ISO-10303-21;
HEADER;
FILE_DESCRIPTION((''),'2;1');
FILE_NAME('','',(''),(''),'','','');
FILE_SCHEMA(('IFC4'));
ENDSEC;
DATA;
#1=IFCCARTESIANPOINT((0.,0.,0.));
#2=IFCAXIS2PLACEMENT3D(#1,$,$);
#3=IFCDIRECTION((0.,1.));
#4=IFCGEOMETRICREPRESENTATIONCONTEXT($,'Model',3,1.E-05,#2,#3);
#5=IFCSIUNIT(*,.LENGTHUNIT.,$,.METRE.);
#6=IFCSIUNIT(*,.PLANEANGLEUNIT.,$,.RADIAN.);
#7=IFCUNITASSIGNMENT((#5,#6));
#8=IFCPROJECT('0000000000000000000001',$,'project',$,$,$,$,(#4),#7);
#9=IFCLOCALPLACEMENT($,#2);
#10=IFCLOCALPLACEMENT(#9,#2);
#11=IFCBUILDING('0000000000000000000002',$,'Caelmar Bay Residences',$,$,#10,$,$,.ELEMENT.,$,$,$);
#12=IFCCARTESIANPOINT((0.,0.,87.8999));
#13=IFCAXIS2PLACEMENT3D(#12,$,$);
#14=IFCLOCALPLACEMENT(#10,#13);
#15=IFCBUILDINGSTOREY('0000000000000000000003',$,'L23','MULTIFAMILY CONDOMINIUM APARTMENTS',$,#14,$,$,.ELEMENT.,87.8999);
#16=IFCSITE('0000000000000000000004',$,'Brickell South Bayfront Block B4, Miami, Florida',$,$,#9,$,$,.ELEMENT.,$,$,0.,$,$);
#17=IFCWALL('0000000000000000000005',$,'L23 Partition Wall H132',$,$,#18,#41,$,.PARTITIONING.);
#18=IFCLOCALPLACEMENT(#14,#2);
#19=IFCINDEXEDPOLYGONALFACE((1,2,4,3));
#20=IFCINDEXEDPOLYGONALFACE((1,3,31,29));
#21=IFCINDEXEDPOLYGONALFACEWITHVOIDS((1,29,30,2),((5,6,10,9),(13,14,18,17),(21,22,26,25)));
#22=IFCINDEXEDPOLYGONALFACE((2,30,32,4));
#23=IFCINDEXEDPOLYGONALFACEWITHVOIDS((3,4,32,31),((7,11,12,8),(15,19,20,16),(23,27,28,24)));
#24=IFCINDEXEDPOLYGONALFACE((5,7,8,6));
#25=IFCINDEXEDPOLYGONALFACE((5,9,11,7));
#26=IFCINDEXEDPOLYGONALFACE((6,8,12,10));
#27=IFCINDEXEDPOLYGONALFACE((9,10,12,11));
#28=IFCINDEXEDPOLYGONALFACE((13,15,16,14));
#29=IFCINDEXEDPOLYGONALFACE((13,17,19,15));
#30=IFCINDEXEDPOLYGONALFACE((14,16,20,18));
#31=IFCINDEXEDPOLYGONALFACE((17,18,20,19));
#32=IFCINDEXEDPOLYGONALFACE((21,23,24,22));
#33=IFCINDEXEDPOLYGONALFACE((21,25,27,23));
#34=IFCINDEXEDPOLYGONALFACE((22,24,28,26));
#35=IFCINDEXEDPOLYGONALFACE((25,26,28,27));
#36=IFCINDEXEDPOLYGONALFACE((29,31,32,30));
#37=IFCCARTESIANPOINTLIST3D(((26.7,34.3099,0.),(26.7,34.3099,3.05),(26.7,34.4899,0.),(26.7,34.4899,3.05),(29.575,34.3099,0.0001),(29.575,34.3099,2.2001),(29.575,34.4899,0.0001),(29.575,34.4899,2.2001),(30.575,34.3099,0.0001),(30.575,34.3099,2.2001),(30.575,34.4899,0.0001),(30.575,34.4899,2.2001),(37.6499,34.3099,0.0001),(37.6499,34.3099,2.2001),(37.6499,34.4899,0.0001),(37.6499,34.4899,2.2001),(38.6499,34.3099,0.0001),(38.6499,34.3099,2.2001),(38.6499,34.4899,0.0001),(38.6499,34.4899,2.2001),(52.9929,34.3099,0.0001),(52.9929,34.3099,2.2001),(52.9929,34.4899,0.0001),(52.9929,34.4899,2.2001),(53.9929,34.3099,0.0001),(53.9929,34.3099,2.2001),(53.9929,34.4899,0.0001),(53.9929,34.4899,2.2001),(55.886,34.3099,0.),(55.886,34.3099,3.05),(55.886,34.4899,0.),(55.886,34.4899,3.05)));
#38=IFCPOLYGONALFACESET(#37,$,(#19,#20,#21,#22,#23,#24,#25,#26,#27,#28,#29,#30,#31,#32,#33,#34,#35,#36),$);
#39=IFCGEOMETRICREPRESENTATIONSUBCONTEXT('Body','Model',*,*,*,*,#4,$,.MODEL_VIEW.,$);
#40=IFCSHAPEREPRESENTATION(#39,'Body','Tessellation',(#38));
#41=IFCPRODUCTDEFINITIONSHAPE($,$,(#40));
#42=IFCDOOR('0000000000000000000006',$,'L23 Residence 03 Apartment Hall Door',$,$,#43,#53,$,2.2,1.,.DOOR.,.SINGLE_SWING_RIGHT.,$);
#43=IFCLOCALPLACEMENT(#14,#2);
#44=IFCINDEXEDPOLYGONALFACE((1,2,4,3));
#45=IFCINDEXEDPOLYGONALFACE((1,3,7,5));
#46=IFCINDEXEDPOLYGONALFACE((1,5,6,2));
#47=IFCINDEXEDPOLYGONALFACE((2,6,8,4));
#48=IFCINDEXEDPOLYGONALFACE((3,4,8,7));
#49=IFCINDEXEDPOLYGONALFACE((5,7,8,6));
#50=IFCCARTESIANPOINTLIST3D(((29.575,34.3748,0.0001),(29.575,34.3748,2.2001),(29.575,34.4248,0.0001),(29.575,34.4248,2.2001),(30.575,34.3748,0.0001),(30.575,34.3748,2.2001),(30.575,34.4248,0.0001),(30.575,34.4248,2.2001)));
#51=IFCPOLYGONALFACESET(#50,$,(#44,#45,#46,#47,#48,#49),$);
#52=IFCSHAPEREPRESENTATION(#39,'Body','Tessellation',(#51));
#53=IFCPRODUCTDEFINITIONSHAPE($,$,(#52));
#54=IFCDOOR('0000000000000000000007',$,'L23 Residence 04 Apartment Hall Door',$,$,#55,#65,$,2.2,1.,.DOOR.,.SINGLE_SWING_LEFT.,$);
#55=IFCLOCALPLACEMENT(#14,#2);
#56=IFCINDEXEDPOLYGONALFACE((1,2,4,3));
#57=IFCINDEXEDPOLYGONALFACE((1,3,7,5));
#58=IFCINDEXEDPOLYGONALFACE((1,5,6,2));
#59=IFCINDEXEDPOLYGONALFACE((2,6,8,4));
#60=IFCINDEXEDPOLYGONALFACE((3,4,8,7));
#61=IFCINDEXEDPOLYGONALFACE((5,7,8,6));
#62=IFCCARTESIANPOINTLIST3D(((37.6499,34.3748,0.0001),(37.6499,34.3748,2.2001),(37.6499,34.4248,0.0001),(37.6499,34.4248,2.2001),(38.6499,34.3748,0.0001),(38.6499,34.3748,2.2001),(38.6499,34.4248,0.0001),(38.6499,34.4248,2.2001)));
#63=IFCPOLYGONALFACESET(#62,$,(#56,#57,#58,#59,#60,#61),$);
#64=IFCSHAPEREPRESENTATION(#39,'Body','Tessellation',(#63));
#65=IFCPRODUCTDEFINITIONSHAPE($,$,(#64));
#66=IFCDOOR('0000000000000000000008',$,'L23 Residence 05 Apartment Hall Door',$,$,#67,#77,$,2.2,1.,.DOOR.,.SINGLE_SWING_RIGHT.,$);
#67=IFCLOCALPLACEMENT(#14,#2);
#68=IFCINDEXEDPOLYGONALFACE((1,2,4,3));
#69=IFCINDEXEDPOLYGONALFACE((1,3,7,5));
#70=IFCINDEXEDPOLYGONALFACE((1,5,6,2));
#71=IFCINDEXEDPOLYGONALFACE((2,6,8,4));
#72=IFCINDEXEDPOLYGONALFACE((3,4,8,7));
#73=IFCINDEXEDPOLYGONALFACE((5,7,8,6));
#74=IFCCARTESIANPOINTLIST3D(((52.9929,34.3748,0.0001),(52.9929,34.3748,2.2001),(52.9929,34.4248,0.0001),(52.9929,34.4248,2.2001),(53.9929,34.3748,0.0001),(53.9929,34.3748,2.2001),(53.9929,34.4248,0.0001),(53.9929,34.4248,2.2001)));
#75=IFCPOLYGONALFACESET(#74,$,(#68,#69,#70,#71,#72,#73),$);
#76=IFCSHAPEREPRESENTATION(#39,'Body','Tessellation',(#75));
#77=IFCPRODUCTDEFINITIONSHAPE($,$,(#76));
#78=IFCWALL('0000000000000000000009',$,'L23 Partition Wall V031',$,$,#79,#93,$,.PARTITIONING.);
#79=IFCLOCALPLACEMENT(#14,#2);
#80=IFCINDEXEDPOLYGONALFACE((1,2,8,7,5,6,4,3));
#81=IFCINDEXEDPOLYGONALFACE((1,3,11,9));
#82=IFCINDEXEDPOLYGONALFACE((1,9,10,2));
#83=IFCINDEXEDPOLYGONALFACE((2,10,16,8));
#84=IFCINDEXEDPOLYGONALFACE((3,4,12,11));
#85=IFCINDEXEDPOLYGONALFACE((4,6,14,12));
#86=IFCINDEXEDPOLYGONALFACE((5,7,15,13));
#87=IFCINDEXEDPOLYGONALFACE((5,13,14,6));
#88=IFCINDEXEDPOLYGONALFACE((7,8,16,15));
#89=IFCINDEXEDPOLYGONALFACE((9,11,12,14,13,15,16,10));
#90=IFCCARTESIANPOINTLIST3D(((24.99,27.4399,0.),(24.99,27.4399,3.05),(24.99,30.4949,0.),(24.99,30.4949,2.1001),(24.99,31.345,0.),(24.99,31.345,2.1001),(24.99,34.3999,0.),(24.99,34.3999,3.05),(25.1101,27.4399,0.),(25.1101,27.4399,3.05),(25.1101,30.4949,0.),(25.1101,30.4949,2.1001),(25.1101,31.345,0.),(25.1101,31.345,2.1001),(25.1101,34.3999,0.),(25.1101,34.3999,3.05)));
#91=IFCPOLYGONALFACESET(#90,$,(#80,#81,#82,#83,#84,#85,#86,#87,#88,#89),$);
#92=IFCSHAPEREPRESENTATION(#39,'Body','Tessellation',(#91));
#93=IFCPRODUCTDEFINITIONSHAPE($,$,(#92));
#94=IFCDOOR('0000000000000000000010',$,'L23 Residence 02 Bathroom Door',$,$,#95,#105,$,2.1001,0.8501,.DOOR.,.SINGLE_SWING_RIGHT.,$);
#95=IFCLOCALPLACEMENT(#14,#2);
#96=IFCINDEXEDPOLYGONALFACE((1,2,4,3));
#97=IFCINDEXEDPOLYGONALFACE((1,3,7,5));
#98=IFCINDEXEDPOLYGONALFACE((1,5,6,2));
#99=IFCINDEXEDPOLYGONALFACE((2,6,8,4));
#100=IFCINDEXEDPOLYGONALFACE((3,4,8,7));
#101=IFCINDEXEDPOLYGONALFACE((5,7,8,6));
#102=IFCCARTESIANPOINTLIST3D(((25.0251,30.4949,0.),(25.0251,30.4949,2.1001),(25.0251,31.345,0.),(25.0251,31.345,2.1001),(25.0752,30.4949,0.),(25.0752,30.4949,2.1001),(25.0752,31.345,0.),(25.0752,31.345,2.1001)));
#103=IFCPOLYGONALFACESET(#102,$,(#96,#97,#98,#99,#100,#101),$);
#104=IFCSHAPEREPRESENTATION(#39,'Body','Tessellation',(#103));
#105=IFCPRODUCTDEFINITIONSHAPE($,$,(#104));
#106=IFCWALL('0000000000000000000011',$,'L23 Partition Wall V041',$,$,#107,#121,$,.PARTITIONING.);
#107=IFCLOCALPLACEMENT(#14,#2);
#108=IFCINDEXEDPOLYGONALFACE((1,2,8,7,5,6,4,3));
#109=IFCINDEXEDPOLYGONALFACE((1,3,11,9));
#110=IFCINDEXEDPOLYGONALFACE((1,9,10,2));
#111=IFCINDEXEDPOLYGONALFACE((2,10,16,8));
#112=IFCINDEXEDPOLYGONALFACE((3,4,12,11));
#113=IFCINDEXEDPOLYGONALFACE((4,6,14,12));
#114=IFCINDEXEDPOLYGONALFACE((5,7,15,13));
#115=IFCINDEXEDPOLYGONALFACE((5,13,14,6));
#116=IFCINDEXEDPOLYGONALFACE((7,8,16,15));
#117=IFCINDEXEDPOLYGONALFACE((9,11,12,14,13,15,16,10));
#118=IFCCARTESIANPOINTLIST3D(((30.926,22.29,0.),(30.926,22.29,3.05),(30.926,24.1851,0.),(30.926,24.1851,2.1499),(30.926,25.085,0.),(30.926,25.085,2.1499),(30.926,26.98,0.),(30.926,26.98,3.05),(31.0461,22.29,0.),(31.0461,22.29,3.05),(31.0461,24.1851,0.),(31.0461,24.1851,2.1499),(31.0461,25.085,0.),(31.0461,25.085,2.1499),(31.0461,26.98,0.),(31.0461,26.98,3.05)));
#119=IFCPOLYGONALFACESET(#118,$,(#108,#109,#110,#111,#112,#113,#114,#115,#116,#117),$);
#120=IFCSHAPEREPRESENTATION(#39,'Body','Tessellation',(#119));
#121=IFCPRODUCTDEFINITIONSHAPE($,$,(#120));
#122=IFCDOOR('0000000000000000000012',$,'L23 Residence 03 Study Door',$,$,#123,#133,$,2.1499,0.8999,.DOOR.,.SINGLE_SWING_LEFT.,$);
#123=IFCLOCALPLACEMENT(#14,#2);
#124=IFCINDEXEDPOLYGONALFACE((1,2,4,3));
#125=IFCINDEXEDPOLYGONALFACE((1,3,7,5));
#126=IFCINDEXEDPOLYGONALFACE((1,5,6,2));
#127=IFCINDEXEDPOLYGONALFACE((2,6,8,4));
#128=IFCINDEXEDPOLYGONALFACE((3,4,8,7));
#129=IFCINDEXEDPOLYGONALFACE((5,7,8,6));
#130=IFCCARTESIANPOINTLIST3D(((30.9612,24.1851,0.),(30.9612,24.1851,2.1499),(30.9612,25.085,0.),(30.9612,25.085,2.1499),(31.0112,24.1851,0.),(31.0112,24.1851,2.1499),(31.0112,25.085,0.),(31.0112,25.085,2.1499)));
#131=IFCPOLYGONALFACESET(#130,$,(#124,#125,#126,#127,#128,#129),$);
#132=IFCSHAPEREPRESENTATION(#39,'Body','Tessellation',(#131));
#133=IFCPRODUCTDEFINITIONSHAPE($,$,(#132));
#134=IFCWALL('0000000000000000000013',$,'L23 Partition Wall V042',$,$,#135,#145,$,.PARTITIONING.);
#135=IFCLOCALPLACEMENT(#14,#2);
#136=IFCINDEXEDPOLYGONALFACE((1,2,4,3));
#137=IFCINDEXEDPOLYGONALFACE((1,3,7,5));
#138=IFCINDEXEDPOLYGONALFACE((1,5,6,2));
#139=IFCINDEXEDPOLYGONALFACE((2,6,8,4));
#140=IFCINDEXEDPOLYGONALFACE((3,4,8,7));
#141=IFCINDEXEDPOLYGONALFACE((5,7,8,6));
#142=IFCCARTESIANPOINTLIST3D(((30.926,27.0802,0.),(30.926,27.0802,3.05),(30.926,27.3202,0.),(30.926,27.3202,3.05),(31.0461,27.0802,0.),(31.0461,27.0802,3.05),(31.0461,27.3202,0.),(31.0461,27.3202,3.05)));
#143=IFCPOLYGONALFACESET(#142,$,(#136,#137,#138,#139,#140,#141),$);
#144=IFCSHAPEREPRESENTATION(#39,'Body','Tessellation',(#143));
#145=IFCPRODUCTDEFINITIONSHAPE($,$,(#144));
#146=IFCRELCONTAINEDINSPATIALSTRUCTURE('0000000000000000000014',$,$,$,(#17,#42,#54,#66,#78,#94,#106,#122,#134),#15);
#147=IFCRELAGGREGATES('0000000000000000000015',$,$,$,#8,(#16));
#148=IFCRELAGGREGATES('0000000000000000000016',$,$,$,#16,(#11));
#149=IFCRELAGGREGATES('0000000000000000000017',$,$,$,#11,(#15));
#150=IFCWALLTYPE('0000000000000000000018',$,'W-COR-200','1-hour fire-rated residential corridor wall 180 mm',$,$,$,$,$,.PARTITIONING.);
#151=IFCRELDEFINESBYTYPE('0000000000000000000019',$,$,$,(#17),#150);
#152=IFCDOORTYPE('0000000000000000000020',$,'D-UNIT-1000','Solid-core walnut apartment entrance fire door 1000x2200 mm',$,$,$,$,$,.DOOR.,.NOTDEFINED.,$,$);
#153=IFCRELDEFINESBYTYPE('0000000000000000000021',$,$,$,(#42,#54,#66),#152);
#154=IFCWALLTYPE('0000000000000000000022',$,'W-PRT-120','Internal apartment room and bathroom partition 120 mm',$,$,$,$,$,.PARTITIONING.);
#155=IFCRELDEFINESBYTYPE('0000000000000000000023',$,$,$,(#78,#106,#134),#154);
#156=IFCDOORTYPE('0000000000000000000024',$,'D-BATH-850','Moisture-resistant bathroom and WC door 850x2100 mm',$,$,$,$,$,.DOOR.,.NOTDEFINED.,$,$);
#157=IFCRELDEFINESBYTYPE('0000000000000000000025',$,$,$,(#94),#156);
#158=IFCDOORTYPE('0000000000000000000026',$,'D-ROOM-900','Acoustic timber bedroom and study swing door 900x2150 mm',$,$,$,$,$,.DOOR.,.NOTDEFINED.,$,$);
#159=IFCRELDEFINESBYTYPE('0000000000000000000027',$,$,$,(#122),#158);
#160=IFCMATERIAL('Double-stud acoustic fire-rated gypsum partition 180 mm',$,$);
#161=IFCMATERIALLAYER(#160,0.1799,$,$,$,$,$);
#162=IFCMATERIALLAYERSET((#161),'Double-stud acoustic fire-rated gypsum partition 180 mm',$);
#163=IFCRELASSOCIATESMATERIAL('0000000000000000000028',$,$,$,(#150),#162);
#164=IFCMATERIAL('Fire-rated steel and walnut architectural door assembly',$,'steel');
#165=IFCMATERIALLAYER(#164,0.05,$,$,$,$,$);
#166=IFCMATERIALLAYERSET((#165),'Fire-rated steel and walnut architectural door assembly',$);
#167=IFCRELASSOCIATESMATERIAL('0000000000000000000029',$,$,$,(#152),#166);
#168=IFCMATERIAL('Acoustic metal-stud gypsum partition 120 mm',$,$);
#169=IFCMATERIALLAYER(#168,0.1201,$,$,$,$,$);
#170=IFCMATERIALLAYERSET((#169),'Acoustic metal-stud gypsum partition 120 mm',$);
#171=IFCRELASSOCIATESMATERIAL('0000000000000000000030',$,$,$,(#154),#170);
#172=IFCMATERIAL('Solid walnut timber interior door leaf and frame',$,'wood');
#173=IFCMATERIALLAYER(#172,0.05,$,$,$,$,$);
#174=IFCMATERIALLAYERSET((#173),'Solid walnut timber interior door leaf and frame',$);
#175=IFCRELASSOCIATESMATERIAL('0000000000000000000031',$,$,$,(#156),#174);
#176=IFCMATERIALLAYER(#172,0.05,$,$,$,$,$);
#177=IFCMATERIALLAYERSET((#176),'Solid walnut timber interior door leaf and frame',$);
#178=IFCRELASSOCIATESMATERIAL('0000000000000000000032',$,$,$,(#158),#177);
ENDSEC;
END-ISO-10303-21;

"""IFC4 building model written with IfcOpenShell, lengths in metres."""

from ifc_helpers import new_model, si_unit, direction, frame, frame_2d, origin, place, context, subcontext, project, spatial, rectangle, extrude, material, layer, layer_set, type_object, element, fill, save


model = new_model("IFC4")

# Units and contexts
model_context = context("Model", 3, precision=1e-05, world=origin(), true_north=direction((0.0, 1.0)))
body_context = subcontext(model_context, "Body", "Model", "MODEL_VIEW")
ifc_project = project(units=[si_unit("LENGTHUNIT", "METRE"), si_unit("PLANEANGLEUNIT", "RADIAN")], contexts=[model_context])

# Site, building, storey
site_placement = place(None, origin())
site = spatial("IfcSite", under=ifc_project, at=site_placement, Name="Brickell South Bayfront Block B4, Miami, Florida", CompositionType="ELEMENT", RefElevation=0.0)
building_placement = place(site_placement, origin())
building = spatial("IfcBuilding", under=site, at=building_placement, Name="Caelmar Bay Residences", CompositionType="ELEMENT")
storey_placement = place(building_placement, frame((0.0, 0.0, 87.8999)))
storey = spatial("IfcBuildingStorey", under=building, at=storey_placement, Name="L23", Description="MULTIFAMILY CONDOMINIUM APARTMENTS", CompositionType="ELEMENT", Elevation=87.8999)

# Wall, openings, doors
ifc_material_1 = material(Name="Double-stud acoustic fire-rated gypsum partition 180 mm")
ifc_layer_1 = layer(ifc_material_1, 0.1799)
ifc_layer_set_1 = layer_set([ifc_layer_1], Name="Double-stud acoustic fire-rated gypsum partition 180 mm")
wall_type_1 = type_object("IfcWallType", Name="W-COR-200", Description="1-hour fire-rated residential corridor wall 180 mm", PredefinedType="PARTITIONING", material=ifc_layer_set_1)
wall_1_placement = place(storey_placement, frame((26.7, 34.3999, 0.0), z_axis=(0.0, 0.0, 1.0), x_axis=(1.0, 0.0, 0.0)))
wall_1 = element("IfcWall", 1, at=wall_1_placement, inside=storey, type_object=wall_type_1, Name="L23 Partition Wall H132", PredefinedType="PARTITIONING", context=body_context, shape_type="SweptSolid", body=[
    extrude(rectangle(XDim=29.186, YDim=0.1799, at=frame_2d((14.593, 0.0))), origin(), (0.0, 0.0, 1.0), 3.05),
])
opening_1_placement = place(wall_1_placement, frame((2.875, 0.0, 0.0)))
opening_1 = element("IfcOpeningElement", 2, at=opening_1_placement, cuts=wall_1, PredefinedType="OPENING", context=body_context, shape_type="SweptSolid", body=[
    extrude(rectangle(XDim=1.0, YDim=2.2, at=frame_2d((0.5, 1.1001))), frame((0.0, 0.0999, 0.0), z_axis=(0.0, -1.0, 0.0), x_axis=(1.0, 0.0, 0.0)), (0.0, 0.0, 1.0), 0.2),
])
opening_2_placement = place(wall_1_placement, frame((10.95, 0.0, 0.0)))
opening_2 = element("IfcOpeningElement", 3, at=opening_2_placement, cuts=wall_1, PredefinedType="OPENING", context=body_context, shape_type="SweptSolid", body=[
    extrude(rectangle(XDim=1.0, YDim=2.2, at=frame_2d((0.5, 1.1001))), frame((0.0, 0.0999, 0.0), z_axis=(0.0, -1.0, 0.0), x_axis=(1.0, 0.0, 0.0)), (0.0, 0.0, 1.0), 0.2),
])
opening_3_placement = place(wall_1_placement, frame((26.293, 0.0, 0.0)))
opening_3 = element("IfcOpeningElement", 4, at=opening_3_placement, cuts=wall_1, PredefinedType="OPENING", context=body_context, shape_type="SweptSolid", body=[
    extrude(rectangle(XDim=1.0, YDim=2.2, at=frame_2d((0.5, 1.1001))), frame((0.0, 0.0999, 0.0), z_axis=(0.0, -1.0, 0.0), x_axis=(1.0, 0.0, 0.0)), (0.0, 0.0, 1.0), 0.2),
])
ifc_material_2 = material(Name="Fire-rated steel and walnut architectural door assembly", Category="steel")
ifc_layer_2 = layer(ifc_material_2, 0.05)
ifc_layer_set_2 = layer_set([ifc_layer_2], Name="Fire-rated steel and walnut architectural door assembly")
door_type_1 = type_object("IfcDoorType", Name="D-UNIT-1000", Description="Solid-core walnut apartment entrance fire door 1000x2200 mm", OperationType="NOTDEFINED", PredefinedType="DOOR", material=ifc_layer_set_2)
door_1_placement = place(opening_1_placement, origin())
door_1 = element("IfcDoor", 5, at=door_1_placement, inside=storey, type_object=door_type_1, Name="L23 Residence 03 Apartment Hall Door", OperationType="SINGLE_SWING_RIGHT", OverallHeight=2.2, OverallWidth=1.0, PredefinedType="DOOR", context=body_context, shape_type="SweptSolid", body=[
    extrude(rectangle(XDim=1.0, YDim=2.2, at=frame_2d((0.5, 1.1001))), frame((0.0, 0.0249, 0.0), z_axis=(0.0, -1.0, 0.0), x_axis=(1.0, 0.0, 0.0)), (0.0, 0.0, 1.0), 0.05),
])
fill(opening_1, door_1)
door_2_placement = place(opening_2_placement, origin())
door_2 = element("IfcDoor", 6, at=door_2_placement, inside=storey, type_object=door_type_1, Name="L23 Residence 04 Apartment Hall Door", OperationType="SINGLE_SWING_LEFT", OverallHeight=2.2, OverallWidth=1.0, PredefinedType="DOOR", context=body_context, shape_type="SweptSolid", body=[
    extrude(rectangle(XDim=1.0, YDim=2.2, at=frame_2d((0.5, 1.1001))), frame((0.0, 0.0249, 0.0), z_axis=(0.0, -1.0, 0.0), x_axis=(1.0, 0.0, 0.0)), (0.0, 0.0, 1.0), 0.05),
])
fill(opening_2, door_2)
door_3_placement = place(opening_3_placement, origin())
door_3 = element("IfcDoor", 7, at=door_3_placement, inside=storey, type_object=door_type_1, Name="L23 Residence 05 Apartment Hall Door", OperationType="SINGLE_SWING_RIGHT", OverallHeight=2.2, OverallWidth=1.0, PredefinedType="DOOR", context=body_context, shape_type="SweptSolid", body=[
    extrude(rectangle(XDim=1.0, YDim=2.2, at=frame_2d((0.5, 1.1001))), frame((0.0, 0.0249, 0.0), z_axis=(0.0, -1.0, 0.0), x_axis=(1.0, 0.0, 0.0)), (0.0, 0.0, 1.0), 0.05),
])
fill(opening_3, door_3)

# Walls, openings, doors
ifc_material_3 = material(Name="Acoustic metal-stud gypsum partition 120 mm")
ifc_layer_3 = layer(ifc_material_3, 0.1201)
ifc_layer_set_3 = layer_set([ifc_layer_3], Name="Acoustic metal-stud gypsum partition 120 mm")
wall_type_2 = type_object("IfcWallType", Name="W-PRT-120", Description="Internal apartment room and bathroom partition 120 mm", PredefinedType="PARTITIONING", material=ifc_layer_set_3)
wall_2_placement = place(storey_placement, frame((25.05, 27.4399, 0.0), z_axis=(0.0, 0.0, 1.0), x_axis=(0.0, 1.0, 0.0)))
wall_2 = element("IfcWall", 8, at=wall_2_placement, inside=storey, type_object=wall_type_2, Name="L23 Partition Wall V031", PredefinedType="PARTITIONING", context=body_context, shape_type="SweptSolid", body=[
    extrude(rectangle(XDim=6.96, YDim=0.1201, at=frame_2d((3.48, 0.0))), origin(), (0.0, 0.0, 1.0), 3.05),
])
opening_4_placement = place(wall_2_placement, frame((3.0549, 0.0, 0.0)))
opening_4 = element("IfcOpeningElement", 9, at=opening_4_placement, cuts=wall_2, PredefinedType="OPENING", context=body_context, shape_type="SweptSolid", body=[
    extrude(rectangle(XDim=0.8501, YDim=2.1001, at=frame_2d((0.425, 1.05))), frame((0.0, 0.0701, 0.0), z_axis=(0.0, -1.0, 0.0), x_axis=(1.0, 0.0, 0.0)), (0.0, 0.0, 1.0), 0.1401),
])
ifc_material_4 = material(Name="Solid walnut timber interior door leaf and frame", Category="wood")
ifc_layer_4 = layer(ifc_material_4, 0.05)
ifc_layer_set_4 = layer_set([ifc_layer_4], Name="Solid walnut timber interior door leaf and frame")
door_type_2 = type_object("IfcDoorType", Name="D-BATH-850", Description="Moisture-resistant bathroom and WC door 850x2100 mm", OperationType="NOTDEFINED", PredefinedType="DOOR", material=ifc_layer_set_4)
door_4_placement = place(opening_4_placement, origin())
door_4 = element("IfcDoor", 10, at=door_4_placement, inside=storey, type_object=door_type_2, Name="L23 Residence 02 Bathroom Door", OperationType="SINGLE_SWING_RIGHT", OverallHeight=2.1001, OverallWidth=0.8501, PredefinedType="DOOR", context=body_context, shape_type="SweptSolid", body=[
    extrude(rectangle(XDim=0.8501, YDim=2.1001, at=frame_2d((0.425, 1.05))), frame((0.0, 0.0249, 0.0), z_axis=(0.0, -1.0, 0.0), x_axis=(1.0, 0.0, 0.0)), (0.0, 0.0, 1.0), 0.05),
])
fill(opening_4, door_4)
wall_3_placement = place(storey_placement, frame((30.9861, 22.29, 0.0), z_axis=(0.0, 0.0, 1.0), x_axis=(0.0, 1.0, 0.0)))
wall_3 = element("IfcWall", 11, at=wall_3_placement, inside=storey, type_object=wall_type_2, Name="L23 Partition Wall V041", PredefinedType="PARTITIONING", context=body_context, shape_type="SweptSolid", body=[
    extrude(rectangle(XDim=4.6899, YDim=0.1201, at=frame_2d((2.345, 0.0))), origin(), (0.0, 0.0, 1.0), 3.05),
])
opening_5_placement = place(wall_3_placement, frame((1.895, 0.0, 0.0)))
opening_5 = element("IfcOpeningElement", 12, at=opening_5_placement, cuts=wall_3, PredefinedType="OPENING", context=body_context, shape_type="SweptSolid", body=[
    extrude(rectangle(XDim=0.8999, YDim=2.1499, at=frame_2d((0.45, 1.075))), frame((0.0, 0.0701, 0.0), z_axis=(0.0, -1.0, 0.0), x_axis=(1.0, 0.0, 0.0)), (0.0, 0.0, 1.0), 0.1401),
])
ifc_layer_5 = layer(ifc_material_4, 0.05)
ifc_layer_set_5 = layer_set([ifc_layer_5], Name="Solid walnut timber interior door leaf and frame")
door_type_3 = type_object("IfcDoorType", Name="D-ROOM-900", Description="Acoustic timber bedroom and study swing door 900x2150 mm", OperationType="NOTDEFINED", PredefinedType="DOOR", material=ifc_layer_set_5)
door_5_placement = place(opening_5_placement, origin())
door_5 = element("IfcDoor", 13, at=door_5_placement, inside=storey, type_object=door_type_3, Name="L23 Residence 03 Study Door", OperationType="SINGLE_SWING_LEFT", OverallHeight=2.1499, OverallWidth=0.8999, PredefinedType="DOOR", context=body_context, shape_type="SweptSolid", body=[
    extrude(rectangle(XDim=0.8999, YDim=2.1499, at=frame_2d((0.45, 1.075))), frame((0.0, 0.0249, 0.0), z_axis=(0.0, -1.0, 0.0), x_axis=(1.0, 0.0, 0.0)), (0.0, 0.0, 1.0), 0.05),
])
fill(opening_5, door_5)

# Wall
wall_4_placement = place(storey_placement, frame((30.9861, 27.0801, 0.0), z_axis=(0.0, 0.0, 1.0), x_axis=(0.0, 1.0, 0.0)))
element("IfcWall", 14, at=wall_4_placement, inside=storey, type_object=wall_type_2, Name="L23 Partition Wall V042", PredefinedType="PARTITIONING", context=body_context, shape_type="SweptSolid", body=[
    extrude(rectangle(XDim=0.24, YDim=0.1201, at=frame_2d((0.1201, 0.0))), origin(), (0.0, 0.0, 1.0), 3.05),
])

save(model, "model.ifc")
